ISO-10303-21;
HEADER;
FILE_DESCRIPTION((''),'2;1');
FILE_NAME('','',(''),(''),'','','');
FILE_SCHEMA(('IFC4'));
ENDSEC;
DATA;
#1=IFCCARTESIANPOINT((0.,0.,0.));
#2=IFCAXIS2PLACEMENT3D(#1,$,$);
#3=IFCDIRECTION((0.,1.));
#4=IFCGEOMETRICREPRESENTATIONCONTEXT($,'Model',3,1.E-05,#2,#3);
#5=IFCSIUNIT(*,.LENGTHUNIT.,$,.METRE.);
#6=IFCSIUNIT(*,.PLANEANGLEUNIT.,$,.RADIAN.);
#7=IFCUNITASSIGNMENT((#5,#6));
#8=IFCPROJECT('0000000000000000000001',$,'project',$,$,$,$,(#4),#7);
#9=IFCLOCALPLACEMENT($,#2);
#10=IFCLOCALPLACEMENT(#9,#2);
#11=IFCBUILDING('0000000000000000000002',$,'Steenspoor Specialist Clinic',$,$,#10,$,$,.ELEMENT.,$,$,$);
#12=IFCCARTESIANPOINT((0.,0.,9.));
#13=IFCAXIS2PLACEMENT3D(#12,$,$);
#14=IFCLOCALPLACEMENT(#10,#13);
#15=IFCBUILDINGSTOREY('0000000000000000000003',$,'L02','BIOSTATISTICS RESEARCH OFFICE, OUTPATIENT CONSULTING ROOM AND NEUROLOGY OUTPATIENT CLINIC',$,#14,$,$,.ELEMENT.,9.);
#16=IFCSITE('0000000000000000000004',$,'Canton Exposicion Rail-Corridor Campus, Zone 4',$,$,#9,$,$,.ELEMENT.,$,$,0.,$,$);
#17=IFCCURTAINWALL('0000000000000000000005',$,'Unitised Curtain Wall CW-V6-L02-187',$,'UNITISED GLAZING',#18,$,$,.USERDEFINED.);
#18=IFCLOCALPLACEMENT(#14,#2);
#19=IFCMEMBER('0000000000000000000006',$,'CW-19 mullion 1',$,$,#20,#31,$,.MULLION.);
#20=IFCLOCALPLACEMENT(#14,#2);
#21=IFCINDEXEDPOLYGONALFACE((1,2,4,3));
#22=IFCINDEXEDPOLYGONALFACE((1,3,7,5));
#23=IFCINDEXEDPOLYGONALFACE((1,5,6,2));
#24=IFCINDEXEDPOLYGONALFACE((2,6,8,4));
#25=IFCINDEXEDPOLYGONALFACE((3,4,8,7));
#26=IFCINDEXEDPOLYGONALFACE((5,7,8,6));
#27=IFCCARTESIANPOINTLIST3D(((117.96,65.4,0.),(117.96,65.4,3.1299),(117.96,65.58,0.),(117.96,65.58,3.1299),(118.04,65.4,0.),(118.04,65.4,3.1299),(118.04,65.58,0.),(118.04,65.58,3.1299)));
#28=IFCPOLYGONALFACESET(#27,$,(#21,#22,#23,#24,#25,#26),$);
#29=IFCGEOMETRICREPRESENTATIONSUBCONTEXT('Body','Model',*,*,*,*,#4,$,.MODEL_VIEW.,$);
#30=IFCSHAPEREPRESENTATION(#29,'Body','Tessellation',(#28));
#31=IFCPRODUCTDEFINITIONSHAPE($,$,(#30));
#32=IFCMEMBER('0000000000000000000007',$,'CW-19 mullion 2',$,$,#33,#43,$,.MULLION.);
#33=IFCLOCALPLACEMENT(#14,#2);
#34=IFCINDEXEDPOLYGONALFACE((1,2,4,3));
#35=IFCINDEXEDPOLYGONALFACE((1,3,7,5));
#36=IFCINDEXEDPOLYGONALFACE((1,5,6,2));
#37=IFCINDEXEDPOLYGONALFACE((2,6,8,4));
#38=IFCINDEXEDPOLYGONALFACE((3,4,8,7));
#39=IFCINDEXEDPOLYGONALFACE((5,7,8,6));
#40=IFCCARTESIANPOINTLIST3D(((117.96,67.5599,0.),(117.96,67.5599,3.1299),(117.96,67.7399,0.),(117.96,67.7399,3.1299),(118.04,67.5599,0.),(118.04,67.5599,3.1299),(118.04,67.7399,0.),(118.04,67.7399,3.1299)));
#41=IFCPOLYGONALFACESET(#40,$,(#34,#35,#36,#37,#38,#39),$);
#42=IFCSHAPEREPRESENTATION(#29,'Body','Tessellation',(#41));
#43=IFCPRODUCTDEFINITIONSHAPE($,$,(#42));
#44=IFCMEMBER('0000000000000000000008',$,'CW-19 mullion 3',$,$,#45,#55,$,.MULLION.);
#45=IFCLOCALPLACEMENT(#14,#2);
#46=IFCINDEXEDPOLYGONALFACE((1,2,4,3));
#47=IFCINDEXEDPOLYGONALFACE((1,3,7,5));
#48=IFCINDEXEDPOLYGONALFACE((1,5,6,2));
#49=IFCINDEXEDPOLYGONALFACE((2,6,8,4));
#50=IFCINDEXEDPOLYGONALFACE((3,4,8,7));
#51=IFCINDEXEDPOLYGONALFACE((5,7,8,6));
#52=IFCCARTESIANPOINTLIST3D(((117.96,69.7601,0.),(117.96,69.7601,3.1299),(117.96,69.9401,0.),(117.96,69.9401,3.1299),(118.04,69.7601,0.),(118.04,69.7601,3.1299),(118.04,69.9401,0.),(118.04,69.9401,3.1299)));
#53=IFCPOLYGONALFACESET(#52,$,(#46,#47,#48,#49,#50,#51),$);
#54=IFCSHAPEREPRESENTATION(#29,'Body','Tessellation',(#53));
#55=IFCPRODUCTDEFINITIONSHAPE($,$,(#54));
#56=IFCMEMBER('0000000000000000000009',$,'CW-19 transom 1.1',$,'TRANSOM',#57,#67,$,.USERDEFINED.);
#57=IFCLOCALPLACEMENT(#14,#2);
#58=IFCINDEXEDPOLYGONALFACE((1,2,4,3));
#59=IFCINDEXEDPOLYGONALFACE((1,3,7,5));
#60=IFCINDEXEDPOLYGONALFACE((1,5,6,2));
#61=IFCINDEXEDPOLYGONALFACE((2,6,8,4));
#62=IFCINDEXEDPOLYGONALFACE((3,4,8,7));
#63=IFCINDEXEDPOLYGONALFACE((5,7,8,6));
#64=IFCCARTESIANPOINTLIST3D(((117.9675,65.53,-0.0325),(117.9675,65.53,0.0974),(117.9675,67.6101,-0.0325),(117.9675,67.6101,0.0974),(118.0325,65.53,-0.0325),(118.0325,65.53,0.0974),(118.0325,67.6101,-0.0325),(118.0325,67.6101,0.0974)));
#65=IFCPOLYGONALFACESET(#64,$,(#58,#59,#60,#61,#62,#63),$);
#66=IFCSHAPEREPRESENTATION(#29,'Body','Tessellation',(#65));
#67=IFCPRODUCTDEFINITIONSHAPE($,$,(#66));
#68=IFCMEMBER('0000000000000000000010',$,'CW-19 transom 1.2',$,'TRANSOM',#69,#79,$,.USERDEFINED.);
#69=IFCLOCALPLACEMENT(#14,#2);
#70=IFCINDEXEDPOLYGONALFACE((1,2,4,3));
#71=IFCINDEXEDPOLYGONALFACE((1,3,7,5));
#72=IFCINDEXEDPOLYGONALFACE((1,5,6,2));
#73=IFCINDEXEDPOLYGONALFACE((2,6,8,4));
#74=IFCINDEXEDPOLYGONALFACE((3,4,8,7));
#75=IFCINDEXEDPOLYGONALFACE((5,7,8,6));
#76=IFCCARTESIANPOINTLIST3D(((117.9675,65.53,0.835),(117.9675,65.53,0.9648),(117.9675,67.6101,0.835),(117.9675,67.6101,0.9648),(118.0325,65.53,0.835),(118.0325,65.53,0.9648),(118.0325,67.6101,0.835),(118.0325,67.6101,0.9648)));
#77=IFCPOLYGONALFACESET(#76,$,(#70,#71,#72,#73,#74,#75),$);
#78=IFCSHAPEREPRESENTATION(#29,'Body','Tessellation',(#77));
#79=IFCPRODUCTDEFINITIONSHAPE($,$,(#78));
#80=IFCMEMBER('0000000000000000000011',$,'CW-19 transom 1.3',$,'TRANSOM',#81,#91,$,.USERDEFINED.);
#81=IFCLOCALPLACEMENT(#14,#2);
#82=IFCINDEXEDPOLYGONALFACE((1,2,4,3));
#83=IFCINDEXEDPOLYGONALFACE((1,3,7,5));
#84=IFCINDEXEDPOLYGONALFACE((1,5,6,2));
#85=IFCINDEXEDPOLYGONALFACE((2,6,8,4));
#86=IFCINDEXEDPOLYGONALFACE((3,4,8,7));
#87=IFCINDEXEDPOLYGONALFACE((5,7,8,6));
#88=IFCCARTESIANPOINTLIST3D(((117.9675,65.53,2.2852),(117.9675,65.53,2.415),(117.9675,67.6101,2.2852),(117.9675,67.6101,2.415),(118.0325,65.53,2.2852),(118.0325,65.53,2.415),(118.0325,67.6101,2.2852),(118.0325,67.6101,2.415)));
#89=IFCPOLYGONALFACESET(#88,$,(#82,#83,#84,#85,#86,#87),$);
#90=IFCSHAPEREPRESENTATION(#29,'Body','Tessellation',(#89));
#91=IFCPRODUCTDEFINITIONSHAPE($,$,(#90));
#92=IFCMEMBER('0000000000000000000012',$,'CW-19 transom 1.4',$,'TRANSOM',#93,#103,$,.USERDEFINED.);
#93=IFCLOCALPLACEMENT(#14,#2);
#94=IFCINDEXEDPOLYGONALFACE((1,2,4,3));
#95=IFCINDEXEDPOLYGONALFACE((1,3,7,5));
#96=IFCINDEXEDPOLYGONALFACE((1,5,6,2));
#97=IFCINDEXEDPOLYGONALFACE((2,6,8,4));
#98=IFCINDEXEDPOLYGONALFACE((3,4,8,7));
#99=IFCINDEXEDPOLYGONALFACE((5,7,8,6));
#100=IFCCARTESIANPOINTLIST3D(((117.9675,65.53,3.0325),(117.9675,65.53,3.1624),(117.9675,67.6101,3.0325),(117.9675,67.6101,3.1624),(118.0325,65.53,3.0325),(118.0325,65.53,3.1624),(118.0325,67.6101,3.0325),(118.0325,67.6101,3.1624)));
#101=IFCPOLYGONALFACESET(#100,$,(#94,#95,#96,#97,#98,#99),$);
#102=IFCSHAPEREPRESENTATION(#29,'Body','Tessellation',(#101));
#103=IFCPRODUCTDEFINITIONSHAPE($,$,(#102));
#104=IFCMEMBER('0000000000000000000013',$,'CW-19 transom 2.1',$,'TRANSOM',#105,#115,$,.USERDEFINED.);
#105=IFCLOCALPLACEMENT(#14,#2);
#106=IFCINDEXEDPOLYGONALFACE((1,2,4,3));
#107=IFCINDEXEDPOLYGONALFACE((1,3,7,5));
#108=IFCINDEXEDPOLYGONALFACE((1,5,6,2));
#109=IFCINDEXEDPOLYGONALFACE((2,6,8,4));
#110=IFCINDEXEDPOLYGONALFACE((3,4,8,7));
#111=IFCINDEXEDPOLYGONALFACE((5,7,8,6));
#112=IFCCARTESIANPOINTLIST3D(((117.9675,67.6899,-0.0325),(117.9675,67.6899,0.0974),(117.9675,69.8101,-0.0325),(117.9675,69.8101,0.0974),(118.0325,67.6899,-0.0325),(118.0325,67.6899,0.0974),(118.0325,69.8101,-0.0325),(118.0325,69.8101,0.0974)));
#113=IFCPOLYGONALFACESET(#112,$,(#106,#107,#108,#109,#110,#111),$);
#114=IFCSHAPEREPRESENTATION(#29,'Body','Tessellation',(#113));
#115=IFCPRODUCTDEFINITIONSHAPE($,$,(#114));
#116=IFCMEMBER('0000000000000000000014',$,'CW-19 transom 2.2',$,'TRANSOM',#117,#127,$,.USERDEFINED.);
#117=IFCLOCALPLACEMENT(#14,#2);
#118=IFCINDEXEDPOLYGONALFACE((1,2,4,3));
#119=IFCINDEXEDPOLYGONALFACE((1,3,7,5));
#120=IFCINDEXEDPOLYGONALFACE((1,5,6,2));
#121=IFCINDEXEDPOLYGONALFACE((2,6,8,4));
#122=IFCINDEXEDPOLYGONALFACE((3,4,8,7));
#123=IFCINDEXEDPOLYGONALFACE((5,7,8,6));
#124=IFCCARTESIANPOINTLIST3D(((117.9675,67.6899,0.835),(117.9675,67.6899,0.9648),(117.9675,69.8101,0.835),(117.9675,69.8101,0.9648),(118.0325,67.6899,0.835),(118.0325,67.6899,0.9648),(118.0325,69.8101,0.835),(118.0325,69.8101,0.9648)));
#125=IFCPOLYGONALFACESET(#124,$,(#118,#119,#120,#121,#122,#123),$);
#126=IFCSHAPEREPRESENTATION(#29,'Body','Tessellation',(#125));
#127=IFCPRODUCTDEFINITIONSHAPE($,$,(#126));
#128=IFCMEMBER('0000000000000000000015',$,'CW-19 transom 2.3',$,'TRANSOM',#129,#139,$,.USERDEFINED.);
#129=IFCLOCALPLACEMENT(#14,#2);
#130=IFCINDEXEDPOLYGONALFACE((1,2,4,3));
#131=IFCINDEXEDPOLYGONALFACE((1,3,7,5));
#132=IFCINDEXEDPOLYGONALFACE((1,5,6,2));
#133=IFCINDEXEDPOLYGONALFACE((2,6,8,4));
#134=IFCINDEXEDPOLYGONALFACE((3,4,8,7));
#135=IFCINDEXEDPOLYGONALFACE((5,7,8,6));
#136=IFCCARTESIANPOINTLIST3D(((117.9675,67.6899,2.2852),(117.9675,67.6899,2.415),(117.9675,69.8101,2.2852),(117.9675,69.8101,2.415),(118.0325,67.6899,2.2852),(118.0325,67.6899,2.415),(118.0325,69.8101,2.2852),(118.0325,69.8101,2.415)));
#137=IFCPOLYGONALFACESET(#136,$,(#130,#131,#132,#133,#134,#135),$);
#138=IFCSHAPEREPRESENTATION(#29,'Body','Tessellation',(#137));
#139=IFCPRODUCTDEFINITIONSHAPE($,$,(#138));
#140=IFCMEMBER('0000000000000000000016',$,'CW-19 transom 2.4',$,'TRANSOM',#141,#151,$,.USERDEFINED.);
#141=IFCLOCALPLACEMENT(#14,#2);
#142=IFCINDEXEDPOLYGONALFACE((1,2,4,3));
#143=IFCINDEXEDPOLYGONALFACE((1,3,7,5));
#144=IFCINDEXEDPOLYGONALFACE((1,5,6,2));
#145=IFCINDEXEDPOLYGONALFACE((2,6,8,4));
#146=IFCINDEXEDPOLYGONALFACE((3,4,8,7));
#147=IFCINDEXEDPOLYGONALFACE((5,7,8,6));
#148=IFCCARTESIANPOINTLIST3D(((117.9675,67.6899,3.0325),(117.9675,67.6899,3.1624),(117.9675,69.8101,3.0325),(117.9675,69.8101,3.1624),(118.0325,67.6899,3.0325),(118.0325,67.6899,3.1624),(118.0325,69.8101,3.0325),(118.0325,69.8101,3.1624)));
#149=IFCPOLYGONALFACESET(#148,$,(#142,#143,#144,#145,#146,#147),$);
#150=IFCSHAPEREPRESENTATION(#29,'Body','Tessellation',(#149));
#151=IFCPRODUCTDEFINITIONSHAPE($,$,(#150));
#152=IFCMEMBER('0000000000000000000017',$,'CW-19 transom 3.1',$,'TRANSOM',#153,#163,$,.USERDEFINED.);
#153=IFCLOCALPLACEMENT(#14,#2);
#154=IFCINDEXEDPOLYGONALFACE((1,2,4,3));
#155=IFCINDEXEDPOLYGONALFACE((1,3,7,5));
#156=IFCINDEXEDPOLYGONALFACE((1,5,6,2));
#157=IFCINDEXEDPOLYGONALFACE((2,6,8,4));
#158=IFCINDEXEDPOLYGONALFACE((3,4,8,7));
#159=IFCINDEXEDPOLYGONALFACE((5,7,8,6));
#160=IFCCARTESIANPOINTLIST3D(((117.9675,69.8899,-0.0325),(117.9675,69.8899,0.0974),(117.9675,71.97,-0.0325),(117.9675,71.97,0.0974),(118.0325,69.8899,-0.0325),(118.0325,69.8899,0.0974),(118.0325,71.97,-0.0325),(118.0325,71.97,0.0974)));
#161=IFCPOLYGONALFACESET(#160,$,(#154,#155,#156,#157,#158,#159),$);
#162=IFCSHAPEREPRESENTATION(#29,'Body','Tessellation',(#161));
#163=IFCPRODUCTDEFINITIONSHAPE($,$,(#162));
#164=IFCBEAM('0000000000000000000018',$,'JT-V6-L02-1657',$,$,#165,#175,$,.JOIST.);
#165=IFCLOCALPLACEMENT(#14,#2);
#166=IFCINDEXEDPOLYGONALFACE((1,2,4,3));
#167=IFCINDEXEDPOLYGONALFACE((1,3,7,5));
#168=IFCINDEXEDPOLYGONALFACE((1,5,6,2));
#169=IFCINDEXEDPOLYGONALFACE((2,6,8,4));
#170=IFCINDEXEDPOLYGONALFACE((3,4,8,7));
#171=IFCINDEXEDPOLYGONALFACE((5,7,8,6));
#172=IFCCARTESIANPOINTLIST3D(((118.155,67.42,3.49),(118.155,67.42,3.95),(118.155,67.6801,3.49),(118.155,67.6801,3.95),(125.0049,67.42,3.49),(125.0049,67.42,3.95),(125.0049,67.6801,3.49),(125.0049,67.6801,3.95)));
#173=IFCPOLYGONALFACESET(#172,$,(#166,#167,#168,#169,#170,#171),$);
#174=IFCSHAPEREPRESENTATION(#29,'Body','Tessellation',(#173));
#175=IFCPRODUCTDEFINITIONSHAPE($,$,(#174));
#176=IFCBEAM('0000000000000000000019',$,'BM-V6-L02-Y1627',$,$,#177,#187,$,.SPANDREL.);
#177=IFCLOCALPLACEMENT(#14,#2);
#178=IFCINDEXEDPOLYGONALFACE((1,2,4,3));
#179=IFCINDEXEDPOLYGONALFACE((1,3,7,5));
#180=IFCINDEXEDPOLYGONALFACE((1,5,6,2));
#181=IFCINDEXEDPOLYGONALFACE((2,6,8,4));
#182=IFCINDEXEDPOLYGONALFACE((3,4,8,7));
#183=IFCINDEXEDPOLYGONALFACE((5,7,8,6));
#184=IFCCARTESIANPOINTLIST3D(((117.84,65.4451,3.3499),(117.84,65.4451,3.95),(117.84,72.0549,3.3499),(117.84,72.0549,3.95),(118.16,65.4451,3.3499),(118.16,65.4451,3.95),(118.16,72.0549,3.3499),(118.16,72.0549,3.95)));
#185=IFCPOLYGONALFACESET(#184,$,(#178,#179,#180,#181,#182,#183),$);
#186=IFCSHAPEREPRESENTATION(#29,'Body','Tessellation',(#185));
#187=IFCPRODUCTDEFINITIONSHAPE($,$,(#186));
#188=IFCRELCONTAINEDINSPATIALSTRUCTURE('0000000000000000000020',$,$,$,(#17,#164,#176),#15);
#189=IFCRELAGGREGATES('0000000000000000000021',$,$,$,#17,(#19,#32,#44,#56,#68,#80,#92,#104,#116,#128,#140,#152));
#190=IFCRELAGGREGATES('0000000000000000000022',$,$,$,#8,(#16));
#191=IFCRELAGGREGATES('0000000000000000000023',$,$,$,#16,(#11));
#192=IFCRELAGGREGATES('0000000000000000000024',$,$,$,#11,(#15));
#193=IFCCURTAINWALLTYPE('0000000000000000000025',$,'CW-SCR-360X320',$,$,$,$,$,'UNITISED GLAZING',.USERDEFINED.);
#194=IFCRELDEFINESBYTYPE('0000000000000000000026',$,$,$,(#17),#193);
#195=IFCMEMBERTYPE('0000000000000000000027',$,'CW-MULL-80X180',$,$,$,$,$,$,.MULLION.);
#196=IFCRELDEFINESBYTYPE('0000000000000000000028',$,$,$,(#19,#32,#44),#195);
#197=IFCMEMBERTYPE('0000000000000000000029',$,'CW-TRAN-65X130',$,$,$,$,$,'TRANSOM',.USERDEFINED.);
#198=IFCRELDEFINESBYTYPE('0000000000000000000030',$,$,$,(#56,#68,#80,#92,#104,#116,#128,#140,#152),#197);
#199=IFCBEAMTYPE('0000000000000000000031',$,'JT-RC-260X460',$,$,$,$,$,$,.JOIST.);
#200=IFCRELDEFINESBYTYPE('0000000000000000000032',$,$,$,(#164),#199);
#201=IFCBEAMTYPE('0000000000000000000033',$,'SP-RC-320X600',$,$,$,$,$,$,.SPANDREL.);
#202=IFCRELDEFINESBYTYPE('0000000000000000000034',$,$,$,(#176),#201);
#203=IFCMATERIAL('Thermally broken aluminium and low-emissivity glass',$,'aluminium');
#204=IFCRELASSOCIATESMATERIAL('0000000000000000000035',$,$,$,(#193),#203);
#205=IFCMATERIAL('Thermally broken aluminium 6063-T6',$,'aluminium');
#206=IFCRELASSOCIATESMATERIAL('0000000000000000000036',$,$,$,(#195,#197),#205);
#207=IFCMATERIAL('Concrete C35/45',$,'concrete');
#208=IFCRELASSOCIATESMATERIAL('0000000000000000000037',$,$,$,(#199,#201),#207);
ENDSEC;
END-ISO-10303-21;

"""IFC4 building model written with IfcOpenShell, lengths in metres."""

from ifc_helpers import new_model, si_unit, direction, frame, origin, origin_2d, place, context, subcontext, project, spatial, rectangle, extrude, material, material_profile, profile_set, type_object, element, aggregate, save


model = new_model("IFC4")

# Units and contexts
model_context = context("Model", 3, precision=1e-05, world=origin(), true_north=direction((0.0, 1.0)))
body_context = subcontext(model_context, "Body", "Model", "MODEL_VIEW")
ifc_project = project(units=[si_unit("LENGTHUNIT", "METRE"), si_unit("PLANEANGLEUNIT", "RADIAN")], contexts=[model_context])

# Site, building, storey
site_placement = place(None, origin())
site = spatial("IfcSite", under=ifc_project, at=site_placement, Name="Canton Exposicion Rail-Corridor Campus, Zone 4", CompositionType="ELEMENT", RefElevation=0.0)
building_placement = place(site_placement, origin())
building = spatial("IfcBuilding", under=site, at=building_placement, Name="Steenspoor Specialist Clinic", CompositionType="ELEMENT")
storey_placement = place(building_placement, frame((0.0, 0.0, 9.0)))
storey = spatial("IfcBuildingStorey", under=building, at=storey_placement, Name="L02", Description="BIOSTATISTICS RESEARCH OFFICE, OUTPATIENT CONSULTING ROOM AND NEUROLOGY OUTPATIENT CLINIC", CompositionType="ELEMENT", Elevation=9.0)

# Curtain wall, members
ifc_material_1 = material(Name="Thermally broken aluminium and low-emissivity glass", Category="aluminium")
curtain_wall_type = type_object("IfcCurtainWallType", Name="CW-SCR-360X320", ElementType="UNITISED GLAZING", PredefinedType="USERDEFINED", material=ifc_material_1)
curtain_wall_placement = place(storey_placement, origin())
curtain_wall = element("IfcCurtainWall", 1, at=curtain_wall_placement, inside=storey, type_object=curtain_wall_type, Name="Unitised Curtain Wall CW-V6-L02-187", ObjectType="UNITISED GLAZING", PredefinedType="USERDEFINED")
ifc_material_2 = material(Name="Thermally broken aluminium 6063-T6", Category="aluminium")
ifc_material_profile_1 = material_profile(ifc_material_2, rectangle(XDim=0.0801, YDim=0.1799, at=origin_2d()), Name="CWM-80X180")
ifc_profile_set_1 = profile_set([ifc_material_profile_1], Name="Thermally broken aluminium 6063-T6")
member_type_1 = type_object("IfcMemberType", Name="CW-MULL-80X180", PredefinedType="MULLION", material=ifc_profile_set_1)
member_1_placement = place(storey_placement, frame((118.0, 65.49, 0.0), z_axis=(0.0, 0.0, 1.0), x_axis=(-1.0, 0.0, 0.0)))
member_1 = element("IfcMember", 2, at=member_1_placement, type_object=member_type_1, Name="CW-19 mullion 1", PredefinedType="MULLION", context=body_context, shape_type="SweptSolid", body=[
    extrude(rectangle(XDim=0.0801, YDim=0.1799, at=origin_2d()), origin(), (0.0, 0.0, 1.0), 3.1299),
])
member_2_placement = place(storey_placement, frame((118.0, 67.6499, 0.0), z_axis=(0.0, 0.0, 1.0), x_axis=(-1.0, 0.0, 0.0)))
member_2 = element("IfcMember", 3, at=member_2_placement, type_object=member_type_1, Name="CW-19 mullion 2", PredefinedType="MULLION", context=body_context, shape_type="SweptSolid", body=[
    extrude(rectangle(XDim=0.0801, YDim=0.1799, at=origin_2d()), origin(), (0.0, 0.0, 1.0), 3.1299),
])
member_3_placement = place(storey_placement, frame((118.0, 69.8501, 0.0), z_axis=(0.0, 0.0, 1.0), x_axis=(-1.0, 0.0, 0.0)))
member_3 = element("IfcMember", 4, at=member_3_placement, type_object=member_type_1, Name="CW-19 mullion 3", PredefinedType="MULLION", context=body_context, shape_type="SweptSolid", body=[
    extrude(rectangle(XDim=0.0801, YDim=0.1799, at=origin_2d()), origin(), (0.0, 0.0, 1.0), 3.1299),
])
ifc_material_profile_2 = material_profile(ifc_material_2, rectangle(XDim=0.0649, YDim=0.1299, at=origin_2d()), Name="CWT-65X130")
ifc_profile_set_2 = profile_set([ifc_material_profile_2], Name="Thermally broken aluminium 6063-T6")
member_type_2 = type_object("IfcMemberType", Name="CW-TRAN-65X130", ElementType="TRANSOM", PredefinedType="USERDEFINED", material=ifc_profile_set_2)
member_4_placement = place(storey_placement, frame((118.0, 65.53, 0.0325), z_axis=(0.0, 1.0, 0.0), x_axis=(-1.0, 0.0, 0.0)))
member_4 = element("IfcMember", 5, at=member_4_placement, type_object=member_type_2, Name="CW-19 transom 1.1", ObjectType="TRANSOM", PredefinedType="USERDEFINED", context=body_context, shape_type="SweptSolid", body=[
    extrude(rectangle(XDim=0.0649, YDim=0.1299, at=origin_2d()), origin(), (0.0, 0.0, 1.0), 2.0801),
])
member_5_placement = place(storey_placement, frame((118.0, 65.53, 0.8999), z_axis=(0.0, 1.0, 0.0), x_axis=(-1.0, 0.0, 0.0)))
member_5 = element("IfcMember", 6, at=member_5_placement, type_object=member_type_2, Name="CW-19 transom 1.2", ObjectType="TRANSOM", PredefinedType="USERDEFINED", context=body_context, shape_type="SweptSolid", body=[
    extrude(rectangle(XDim=0.0649, YDim=0.1299, at=origin_2d()), origin(), (0.0, 0.0, 1.0), 2.0801),
])
member_6_placement = place(storey_placement, frame((118.0, 65.53, 2.3501), z_axis=(0.0, 1.0, 0.0), x_axis=(-1.0, 0.0, 0.0)))
member_6 = element("IfcMember", 7, at=member_6_placement, type_object=member_type_2, Name="CW-19 transom 1.3", ObjectType="TRANSOM", PredefinedType="USERDEFINED", context=body_context, shape_type="SweptSolid", body=[
    extrude(rectangle(XDim=0.0649, YDim=0.1299, at=origin_2d()), origin(), (0.0, 0.0, 1.0), 2.0801),
])
member_7_placement = place(storey_placement, frame((118.0, 65.53, 3.0974), z_axis=(0.0, 1.0, 0.0), x_axis=(-1.0, 0.0, 0.0)))
member_7 = element("IfcMember", 8, at=member_7_placement, type_object=member_type_2, Name="CW-19 transom 1.4", ObjectType="TRANSOM", PredefinedType="USERDEFINED", context=body_context, shape_type="SweptSolid", body=[
    extrude(rectangle(XDim=0.0649, YDim=0.1299, at=origin_2d()), origin(), (0.0, 0.0, 1.0), 2.0801),
])
member_8_placement = place(storey_placement, frame((118.0, 67.6899, 0.0325), z_axis=(0.0, 1.0, 0.0), x_axis=(-1.0, 0.0, 0.0)))
member_8 = element("IfcMember", 9, at=member_8_placement, type_object=member_type_2, Name="CW-19 transom 2.1", ObjectType="TRANSOM", PredefinedType="USERDEFINED", context=body_context, shape_type="SweptSolid", body=[
    extrude(rectangle(XDim=0.0649, YDim=0.1299, at=origin_2d()), origin(), (0.0, 0.0, 1.0), 2.1201),
])
member_9_placement = place(storey_placement, frame((118.0, 67.6899, 0.8999), z_axis=(0.0, 1.0, 0.0), x_axis=(-1.0, 0.0, 0.0)))
member_9 = element("IfcMember", 10, at=member_9_placement, type_object=member_type_2, Name="CW-19 transom 2.2", ObjectType="TRANSOM", PredefinedType="USERDEFINED", context=body_context, shape_type="SweptSolid", body=[
    extrude(rectangle(XDim=0.0649, YDim=0.1299, at=origin_2d()), origin(), (0.0, 0.0, 1.0), 2.1201),
])
member_10_placement = place(storey_placement, frame((118.0, 67.6899, 2.3501), z_axis=(0.0, 1.0, 0.0), x_axis=(-1.0, 0.0, 0.0)))
member_10 = element("IfcMember", 11, at=member_10_placement, type_object=member_type_2, Name="CW-19 transom 2.3", ObjectType="TRANSOM", PredefinedType="USERDEFINED", context=body_context, shape_type="SweptSolid", body=[
    extrude(rectangle(XDim=0.0649, YDim=0.1299, at=origin_2d()), origin(), (0.0, 0.0, 1.0), 2.1201),
])
member_11_placement = place(storey_placement, frame((118.0, 67.6899, 3.0974), z_axis=(0.0, 1.0, 0.0), x_axis=(-1.0, 0.0, 0.0)))
member_11 = element("IfcMember", 12, at=member_11_placement, type_object=member_type_2, Name="CW-19 transom 2.4", ObjectType="TRANSOM", PredefinedType="USERDEFINED", context=body_context, shape_type="SweptSolid", body=[
    extrude(rectangle(XDim=0.0649, YDim=0.1299, at=origin_2d()), origin(), (0.0, 0.0, 1.0), 2.1201),
])
member_12_placement = place(storey_placement, frame((118.0, 69.8899, 0.0325), z_axis=(0.0, 1.0, 0.0), x_axis=(-1.0, 0.0, 0.0)))
member_12 = element("IfcMember", 13, at=member_12_placement, type_object=member_type_2, Name="CW-19 transom 3.1", ObjectType="TRANSOM", PredefinedType="USERDEFINED", context=body_context, shape_type="SweptSolid", body=[
    extrude(rectangle(XDim=0.0649, YDim=0.1299, at=origin_2d()), origin(), (0.0, 0.0, 1.0), 2.0801),
])

# Beams
ifc_material_3 = material(Name="Concrete C35/45", Category="concrete")
ifc_material_profile_3 = material_profile(ifc_material_3, rectangle(XDim=0.26, YDim=0.46, at=origin_2d()), Name="RC-JT-260X460")
ifc_profile_set_3 = profile_set([ifc_material_profile_3], Name="Concrete C35/45")
beam_type_1 = type_object("IfcBeamType", Name="JT-RC-260X460", PredefinedType="JOIST", material=ifc_profile_set_3)
beam_1_placement = place(storey_placement, frame((118.155, 67.55, 3.72), z_axis=(1.0, 0.0, 0.0), x_axis=(0.0, 1.0, 0.0)))
element("IfcBeam", 14, at=beam_1_placement, inside=storey, type_object=beam_type_1, Name="JT-V6-L02-1657", PredefinedType="JOIST", context=body_context, shape_type="SweptSolid", body=[
    extrude(rectangle(XDim=0.26, YDim=0.46, at=origin_2d()), origin(), (0.0, 0.0, 1.0), 6.8499),
])
ifc_material_profile_4 = material_profile(ifc_material_3, rectangle(XDim=0.3201, YDim=0.6001, at=origin_2d()), Name="RC-SP-320X600")
ifc_profile_set_4 = profile_set([ifc_material_profile_4], Name="Concrete C35/45")
beam_type_2 = type_object("IfcBeamType", Name="SP-RC-320X600", PredefinedType="SPANDREL", material=ifc_profile_set_4)
beam_2_placement = place(storey_placement, frame((118.0, 65.4451, 3.6499), z_axis=(0.0, 1.0, 0.0), x_axis=(-1.0, 0.0, 0.0)))
element("IfcBeam", 15, at=beam_2_placement, inside=storey, type_object=beam_type_2, Name="BM-V6-L02-Y1627", PredefinedType="SPANDREL", context=body_context, shape_type="SweptSolid", body=[
    extrude(rectangle(XDim=0.3201, YDim=0.6001, at=origin_2d()), origin(), (0.0, 0.0, 1.0), 6.6099),
])

aggregate(curtain_wall, [member_1, member_2, member_3, member_4, member_5, member_6, member_7, member_8, member_9, member_10, member_11, member_12])

save(model, "model.ifc")
